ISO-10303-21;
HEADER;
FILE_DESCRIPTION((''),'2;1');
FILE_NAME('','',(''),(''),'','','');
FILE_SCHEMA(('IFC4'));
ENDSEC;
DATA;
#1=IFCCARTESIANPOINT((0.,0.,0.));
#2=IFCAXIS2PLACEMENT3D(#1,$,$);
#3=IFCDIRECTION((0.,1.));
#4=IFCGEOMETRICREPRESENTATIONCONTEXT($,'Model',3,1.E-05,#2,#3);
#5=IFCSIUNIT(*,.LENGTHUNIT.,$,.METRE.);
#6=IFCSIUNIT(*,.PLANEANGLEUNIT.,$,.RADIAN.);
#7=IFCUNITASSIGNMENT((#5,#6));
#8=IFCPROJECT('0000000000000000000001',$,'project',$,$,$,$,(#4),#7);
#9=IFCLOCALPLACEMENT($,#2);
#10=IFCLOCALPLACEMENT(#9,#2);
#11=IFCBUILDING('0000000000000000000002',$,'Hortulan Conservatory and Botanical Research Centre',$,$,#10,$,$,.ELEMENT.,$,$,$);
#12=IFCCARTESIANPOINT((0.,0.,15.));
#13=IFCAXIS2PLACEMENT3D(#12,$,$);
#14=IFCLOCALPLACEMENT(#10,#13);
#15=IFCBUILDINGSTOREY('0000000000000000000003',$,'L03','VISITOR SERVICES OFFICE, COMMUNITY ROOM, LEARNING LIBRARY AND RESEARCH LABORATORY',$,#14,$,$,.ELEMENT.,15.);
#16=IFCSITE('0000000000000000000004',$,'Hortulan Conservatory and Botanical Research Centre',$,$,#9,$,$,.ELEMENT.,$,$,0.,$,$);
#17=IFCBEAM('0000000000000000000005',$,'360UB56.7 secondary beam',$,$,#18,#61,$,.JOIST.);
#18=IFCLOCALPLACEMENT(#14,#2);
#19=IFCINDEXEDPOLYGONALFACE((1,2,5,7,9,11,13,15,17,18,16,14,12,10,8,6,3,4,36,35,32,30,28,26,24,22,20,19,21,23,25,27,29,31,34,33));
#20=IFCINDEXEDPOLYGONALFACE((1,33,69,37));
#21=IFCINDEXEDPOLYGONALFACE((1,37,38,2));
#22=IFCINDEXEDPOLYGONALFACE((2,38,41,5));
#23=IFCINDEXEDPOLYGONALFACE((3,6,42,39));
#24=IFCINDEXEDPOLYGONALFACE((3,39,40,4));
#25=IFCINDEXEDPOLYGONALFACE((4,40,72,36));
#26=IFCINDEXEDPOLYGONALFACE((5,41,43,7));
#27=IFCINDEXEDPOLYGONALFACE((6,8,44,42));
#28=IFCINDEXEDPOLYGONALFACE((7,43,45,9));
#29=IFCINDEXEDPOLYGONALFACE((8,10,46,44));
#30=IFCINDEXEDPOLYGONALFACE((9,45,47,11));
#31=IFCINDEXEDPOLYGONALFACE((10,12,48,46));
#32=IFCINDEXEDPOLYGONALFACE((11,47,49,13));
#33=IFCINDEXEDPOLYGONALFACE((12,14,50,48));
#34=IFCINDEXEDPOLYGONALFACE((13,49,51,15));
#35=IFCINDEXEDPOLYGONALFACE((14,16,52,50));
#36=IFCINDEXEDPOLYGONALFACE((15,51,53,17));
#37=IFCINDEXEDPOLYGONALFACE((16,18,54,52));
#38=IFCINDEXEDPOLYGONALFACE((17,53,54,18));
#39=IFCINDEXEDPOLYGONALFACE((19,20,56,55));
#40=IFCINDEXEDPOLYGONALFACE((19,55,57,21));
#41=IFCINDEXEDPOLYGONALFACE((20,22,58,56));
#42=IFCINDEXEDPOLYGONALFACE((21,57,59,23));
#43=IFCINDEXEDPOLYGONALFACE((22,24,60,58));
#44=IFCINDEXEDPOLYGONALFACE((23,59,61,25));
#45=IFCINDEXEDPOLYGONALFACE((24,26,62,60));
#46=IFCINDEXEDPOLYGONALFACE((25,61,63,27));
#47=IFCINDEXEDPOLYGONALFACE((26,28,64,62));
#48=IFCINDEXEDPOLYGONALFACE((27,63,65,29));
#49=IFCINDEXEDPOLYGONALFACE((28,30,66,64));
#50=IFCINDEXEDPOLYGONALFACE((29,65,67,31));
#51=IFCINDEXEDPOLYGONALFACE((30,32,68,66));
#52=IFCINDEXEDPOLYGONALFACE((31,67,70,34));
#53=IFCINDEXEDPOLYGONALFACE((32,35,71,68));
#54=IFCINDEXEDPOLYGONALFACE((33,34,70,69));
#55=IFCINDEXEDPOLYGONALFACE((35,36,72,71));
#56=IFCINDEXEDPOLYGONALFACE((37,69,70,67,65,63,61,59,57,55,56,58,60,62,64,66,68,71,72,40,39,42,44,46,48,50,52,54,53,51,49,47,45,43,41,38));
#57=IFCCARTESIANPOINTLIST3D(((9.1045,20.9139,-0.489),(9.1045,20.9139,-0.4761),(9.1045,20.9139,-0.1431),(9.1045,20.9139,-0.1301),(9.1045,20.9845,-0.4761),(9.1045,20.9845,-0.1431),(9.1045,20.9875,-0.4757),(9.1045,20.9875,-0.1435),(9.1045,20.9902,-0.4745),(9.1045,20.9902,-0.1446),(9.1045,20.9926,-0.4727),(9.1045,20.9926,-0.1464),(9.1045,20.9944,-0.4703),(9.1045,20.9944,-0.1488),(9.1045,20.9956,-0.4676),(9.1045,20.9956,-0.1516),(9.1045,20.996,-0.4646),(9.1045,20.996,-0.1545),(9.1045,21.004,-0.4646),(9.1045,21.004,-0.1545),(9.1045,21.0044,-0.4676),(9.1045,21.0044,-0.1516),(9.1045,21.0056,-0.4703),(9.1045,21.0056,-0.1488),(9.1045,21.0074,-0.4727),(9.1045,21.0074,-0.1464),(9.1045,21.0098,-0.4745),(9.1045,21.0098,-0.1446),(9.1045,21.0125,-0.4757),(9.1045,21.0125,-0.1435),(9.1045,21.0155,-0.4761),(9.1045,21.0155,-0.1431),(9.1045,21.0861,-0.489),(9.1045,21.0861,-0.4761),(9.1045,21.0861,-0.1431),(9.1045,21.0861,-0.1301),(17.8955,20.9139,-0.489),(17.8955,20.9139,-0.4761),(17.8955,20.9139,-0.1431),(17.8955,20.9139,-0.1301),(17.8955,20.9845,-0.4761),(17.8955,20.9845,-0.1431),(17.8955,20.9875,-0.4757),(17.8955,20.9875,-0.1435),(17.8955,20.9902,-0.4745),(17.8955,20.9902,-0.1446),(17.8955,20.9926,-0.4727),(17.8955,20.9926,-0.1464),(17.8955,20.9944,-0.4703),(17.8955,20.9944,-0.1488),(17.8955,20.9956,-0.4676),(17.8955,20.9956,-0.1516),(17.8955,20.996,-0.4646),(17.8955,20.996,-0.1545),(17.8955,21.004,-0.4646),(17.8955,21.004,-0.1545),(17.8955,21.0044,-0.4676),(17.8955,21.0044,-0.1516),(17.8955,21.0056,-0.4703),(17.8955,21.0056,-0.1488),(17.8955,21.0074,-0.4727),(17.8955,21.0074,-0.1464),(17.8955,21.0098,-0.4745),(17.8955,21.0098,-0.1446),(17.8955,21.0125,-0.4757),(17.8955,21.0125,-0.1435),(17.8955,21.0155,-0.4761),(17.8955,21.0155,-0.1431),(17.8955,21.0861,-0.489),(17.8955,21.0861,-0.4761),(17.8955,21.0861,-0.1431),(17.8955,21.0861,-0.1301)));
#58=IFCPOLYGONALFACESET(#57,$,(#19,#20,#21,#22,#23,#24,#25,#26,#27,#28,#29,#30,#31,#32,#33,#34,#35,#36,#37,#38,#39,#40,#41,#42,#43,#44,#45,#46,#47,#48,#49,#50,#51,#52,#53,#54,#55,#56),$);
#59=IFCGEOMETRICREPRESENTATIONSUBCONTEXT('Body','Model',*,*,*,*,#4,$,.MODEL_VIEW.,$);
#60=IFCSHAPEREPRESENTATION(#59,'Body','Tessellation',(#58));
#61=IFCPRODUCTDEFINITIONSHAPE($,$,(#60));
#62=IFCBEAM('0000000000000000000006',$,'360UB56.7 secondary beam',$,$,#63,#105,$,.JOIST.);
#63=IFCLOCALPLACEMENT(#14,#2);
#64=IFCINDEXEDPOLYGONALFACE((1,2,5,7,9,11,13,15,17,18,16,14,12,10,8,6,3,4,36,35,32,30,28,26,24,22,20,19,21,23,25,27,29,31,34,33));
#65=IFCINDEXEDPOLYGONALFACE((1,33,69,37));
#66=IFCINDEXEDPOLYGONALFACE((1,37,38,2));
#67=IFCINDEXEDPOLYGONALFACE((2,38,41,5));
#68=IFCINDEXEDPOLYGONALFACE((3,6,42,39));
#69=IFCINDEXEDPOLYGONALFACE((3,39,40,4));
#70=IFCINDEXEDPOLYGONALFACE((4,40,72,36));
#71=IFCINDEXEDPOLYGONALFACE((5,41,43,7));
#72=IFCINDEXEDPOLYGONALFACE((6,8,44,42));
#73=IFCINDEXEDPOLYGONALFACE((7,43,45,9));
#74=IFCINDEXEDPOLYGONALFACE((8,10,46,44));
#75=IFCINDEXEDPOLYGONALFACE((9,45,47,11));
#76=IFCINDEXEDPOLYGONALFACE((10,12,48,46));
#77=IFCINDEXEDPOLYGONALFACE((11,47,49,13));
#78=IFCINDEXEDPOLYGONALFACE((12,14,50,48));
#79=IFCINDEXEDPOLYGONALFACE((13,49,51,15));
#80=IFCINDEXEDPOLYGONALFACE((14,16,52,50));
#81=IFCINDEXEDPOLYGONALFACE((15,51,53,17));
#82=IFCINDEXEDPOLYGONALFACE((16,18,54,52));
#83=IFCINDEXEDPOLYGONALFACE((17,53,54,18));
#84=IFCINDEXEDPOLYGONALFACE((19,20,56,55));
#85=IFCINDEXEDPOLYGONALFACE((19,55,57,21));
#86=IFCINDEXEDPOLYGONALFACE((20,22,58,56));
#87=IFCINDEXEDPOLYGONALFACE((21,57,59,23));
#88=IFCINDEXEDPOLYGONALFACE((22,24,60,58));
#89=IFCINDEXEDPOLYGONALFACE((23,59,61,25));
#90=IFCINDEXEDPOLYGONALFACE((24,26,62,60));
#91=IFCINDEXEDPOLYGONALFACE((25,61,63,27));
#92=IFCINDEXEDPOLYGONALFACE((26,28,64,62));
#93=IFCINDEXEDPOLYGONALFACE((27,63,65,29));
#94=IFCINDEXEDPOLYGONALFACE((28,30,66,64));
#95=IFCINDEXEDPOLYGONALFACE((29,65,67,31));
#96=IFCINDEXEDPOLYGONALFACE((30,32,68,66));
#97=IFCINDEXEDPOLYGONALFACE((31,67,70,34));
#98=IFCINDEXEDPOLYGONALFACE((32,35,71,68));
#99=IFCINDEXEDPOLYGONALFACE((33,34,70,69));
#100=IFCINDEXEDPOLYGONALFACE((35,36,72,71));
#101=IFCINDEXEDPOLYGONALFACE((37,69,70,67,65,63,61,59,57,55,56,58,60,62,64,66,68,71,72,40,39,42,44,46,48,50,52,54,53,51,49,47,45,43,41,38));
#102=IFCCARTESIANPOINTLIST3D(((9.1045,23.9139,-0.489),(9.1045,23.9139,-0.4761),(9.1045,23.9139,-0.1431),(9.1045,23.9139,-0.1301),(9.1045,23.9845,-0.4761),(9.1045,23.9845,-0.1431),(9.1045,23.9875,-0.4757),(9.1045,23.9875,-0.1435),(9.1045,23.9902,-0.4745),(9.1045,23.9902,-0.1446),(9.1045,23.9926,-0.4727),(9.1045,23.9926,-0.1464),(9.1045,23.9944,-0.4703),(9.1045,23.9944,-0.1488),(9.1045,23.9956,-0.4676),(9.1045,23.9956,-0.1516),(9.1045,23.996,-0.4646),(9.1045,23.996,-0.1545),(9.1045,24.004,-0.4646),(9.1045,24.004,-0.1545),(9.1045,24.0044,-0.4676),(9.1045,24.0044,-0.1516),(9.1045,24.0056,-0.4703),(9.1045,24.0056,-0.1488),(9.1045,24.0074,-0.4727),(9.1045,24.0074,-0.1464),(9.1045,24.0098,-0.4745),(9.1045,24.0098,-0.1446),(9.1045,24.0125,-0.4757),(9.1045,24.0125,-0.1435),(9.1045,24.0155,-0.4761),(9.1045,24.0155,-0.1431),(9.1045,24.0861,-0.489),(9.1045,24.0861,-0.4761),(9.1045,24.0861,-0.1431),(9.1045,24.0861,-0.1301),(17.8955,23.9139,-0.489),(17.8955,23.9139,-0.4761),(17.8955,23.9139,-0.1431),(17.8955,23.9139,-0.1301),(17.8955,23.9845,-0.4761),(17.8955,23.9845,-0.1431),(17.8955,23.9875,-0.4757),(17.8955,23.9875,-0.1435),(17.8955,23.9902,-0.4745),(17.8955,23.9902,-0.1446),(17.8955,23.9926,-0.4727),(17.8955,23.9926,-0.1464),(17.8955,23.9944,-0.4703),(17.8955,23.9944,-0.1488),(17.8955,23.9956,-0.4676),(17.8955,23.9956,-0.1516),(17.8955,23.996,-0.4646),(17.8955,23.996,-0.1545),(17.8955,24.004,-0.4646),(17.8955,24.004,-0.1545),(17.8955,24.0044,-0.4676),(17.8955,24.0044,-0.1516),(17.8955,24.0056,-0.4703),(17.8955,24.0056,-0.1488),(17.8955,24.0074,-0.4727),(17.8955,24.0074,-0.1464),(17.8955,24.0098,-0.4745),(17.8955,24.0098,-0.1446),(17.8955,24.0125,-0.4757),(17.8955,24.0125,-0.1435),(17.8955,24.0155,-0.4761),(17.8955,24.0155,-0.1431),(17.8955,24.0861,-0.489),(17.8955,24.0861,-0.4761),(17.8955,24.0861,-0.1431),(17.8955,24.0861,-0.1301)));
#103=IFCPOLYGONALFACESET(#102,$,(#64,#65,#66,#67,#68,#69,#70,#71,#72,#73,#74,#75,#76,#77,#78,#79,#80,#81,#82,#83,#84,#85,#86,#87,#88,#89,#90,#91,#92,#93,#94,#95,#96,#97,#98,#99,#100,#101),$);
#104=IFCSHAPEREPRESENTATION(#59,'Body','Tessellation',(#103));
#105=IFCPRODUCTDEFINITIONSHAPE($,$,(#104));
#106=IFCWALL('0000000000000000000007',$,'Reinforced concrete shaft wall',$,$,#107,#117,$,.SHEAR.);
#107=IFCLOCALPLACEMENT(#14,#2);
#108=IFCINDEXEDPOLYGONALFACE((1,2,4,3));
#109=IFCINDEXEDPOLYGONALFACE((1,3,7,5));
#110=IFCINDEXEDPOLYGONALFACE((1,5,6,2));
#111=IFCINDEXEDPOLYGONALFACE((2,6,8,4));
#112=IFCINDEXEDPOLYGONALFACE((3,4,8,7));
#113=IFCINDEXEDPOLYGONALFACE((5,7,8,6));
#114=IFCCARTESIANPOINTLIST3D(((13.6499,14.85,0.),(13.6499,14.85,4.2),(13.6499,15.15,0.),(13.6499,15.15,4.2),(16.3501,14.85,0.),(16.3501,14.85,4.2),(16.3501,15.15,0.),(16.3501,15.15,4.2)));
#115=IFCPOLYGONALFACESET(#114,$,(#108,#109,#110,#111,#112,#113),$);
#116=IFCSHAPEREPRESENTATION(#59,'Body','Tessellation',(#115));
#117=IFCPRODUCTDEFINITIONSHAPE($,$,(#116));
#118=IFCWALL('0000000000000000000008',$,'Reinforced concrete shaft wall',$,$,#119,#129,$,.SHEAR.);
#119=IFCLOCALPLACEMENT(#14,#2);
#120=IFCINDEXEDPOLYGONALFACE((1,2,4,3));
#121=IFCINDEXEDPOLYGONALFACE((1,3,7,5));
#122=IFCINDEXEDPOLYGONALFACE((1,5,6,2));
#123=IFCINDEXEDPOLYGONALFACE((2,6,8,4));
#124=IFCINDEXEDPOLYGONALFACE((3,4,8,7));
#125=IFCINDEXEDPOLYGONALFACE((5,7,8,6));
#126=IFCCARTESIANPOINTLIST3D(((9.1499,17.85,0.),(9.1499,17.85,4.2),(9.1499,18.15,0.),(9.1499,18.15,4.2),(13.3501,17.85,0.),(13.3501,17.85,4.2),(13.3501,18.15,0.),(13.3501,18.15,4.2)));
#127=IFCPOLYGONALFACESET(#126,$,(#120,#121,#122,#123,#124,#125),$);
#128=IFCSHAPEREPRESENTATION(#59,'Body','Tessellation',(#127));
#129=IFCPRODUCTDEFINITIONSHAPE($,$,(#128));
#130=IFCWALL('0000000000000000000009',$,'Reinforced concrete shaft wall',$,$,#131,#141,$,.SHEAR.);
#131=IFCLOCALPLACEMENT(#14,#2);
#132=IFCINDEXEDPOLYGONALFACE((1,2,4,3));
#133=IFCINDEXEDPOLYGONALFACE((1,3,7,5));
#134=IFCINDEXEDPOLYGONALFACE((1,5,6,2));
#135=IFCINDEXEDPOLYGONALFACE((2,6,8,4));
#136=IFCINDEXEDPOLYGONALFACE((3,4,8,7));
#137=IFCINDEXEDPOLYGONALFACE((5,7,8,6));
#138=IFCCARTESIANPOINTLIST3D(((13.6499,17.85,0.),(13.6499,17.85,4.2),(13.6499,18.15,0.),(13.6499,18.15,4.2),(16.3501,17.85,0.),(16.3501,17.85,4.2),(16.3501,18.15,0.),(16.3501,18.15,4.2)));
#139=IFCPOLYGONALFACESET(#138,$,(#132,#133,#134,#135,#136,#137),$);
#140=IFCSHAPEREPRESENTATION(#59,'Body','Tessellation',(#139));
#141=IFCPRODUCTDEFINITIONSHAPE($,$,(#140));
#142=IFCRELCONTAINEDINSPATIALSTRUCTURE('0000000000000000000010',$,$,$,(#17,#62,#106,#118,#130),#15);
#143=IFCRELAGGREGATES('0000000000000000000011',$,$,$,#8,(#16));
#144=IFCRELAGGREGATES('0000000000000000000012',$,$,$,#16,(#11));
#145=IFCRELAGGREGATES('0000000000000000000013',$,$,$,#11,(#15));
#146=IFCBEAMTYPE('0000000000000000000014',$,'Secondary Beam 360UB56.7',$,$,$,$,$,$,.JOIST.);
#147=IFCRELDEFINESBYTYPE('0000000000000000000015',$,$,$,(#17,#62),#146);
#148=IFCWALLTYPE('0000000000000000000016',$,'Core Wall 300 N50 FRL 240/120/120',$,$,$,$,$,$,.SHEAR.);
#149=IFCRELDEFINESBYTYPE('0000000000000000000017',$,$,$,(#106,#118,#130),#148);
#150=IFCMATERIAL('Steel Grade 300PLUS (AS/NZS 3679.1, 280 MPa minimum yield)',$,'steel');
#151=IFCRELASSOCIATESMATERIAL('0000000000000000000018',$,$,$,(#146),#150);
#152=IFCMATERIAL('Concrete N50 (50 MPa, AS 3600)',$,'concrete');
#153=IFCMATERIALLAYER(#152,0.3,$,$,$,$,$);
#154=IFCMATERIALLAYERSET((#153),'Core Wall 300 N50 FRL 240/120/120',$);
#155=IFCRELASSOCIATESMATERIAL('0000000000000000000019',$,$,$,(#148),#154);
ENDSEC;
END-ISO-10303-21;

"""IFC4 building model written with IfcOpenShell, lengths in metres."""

from ifc_helpers import new_model, si_unit, direction, frame, frame_2d, origin, origin_2d, place, context, subcontext, project, spatial, rectangle, i_section, extrude, material, layer, layer_set, material_profile, profile_set, type_object, element, save


model = new_model("IFC4")

# Units and contexts
model_context = context("Model", 3, precision=1e-05, world=origin(), true_north=direction((0.0, 1.0)))
body_context = subcontext(model_context, "Body", "Model", "MODEL_VIEW")
ifc_project = project(units=[si_unit("LENGTHUNIT", "METRE"), si_unit("PLANEANGLEUNIT", "RADIAN")], contexts=[model_context])

# Site, building, storey
site_placement = place(None, origin())
site = spatial("IfcSite", under=ifc_project, at=site_placement, Name="Hortulan Conservatory and Botanical Research Centre", CompositionType="ELEMENT", RefElevation=0.0)
building_placement = place(site_placement, origin())
building = spatial("IfcBuilding", under=site, at=building_placement, Name="Hortulan Conservatory and Botanical Research Centre", CompositionType="ELEMENT")
storey_placement = place(building_placement, frame((0.0, 0.0, 15.0)))
storey = spatial("IfcBuildingStorey", under=building, at=storey_placement, Name="L03", Description="VISITOR SERVICES OFFICE, COMMUNITY ROOM, LEARNING LIBRARY AND RESEARCH LABORATORY", CompositionType="ELEMENT", Elevation=15.0)

# Beams
ifc_material_1 = material(Name="Steel Grade 300PLUS (AS/NZS 3679.1, 280 MPa minimum yield)", Category="steel")
ifc_material_profile_1 = material_profile(ifc_material_1, i_section(OverallWidth=0.1721, OverallDepth=0.3589, WebThickness=0.0081, FlangeThickness=0.0129, FilletRadius=0.0115, at=origin_2d()), Name="360UB56.7")
ifc_profile_set_1 = profile_set([ifc_material_profile_1], Name="Steel Grade 300PLUS (AS/NZS 3679.1, 280 MPa minimum yield)")
beam_type_1 = type_object("IfcBeamType", Name="Secondary Beam 360UB56.7", PredefinedType="JOIST", material=ifc_profile_set_1)
for number, where, z_axis, x_axis, name in (
    (1, (9.1045, 21.0, -0.3096), (1.0, 0.0, 0.0), (0.0, 1.0, 0.0), "360UB56.7 secondary beam"),
    (2, (9.1045, 24.0, -0.3096), (1.0, 0.0, 0.0), (0.0, 1.0, 0.0), "360UB56.7 secondary beam"),
):
    element("IfcBeam", number, at=place(storey_placement, frame(where, z_axis=z_axis, x_axis=x_axis)), inside=storey, type_object=beam_type_1, Name=name, PredefinedType="JOIST", context=body_context, shape_type="SweptSolid", body=[
        extrude(i_section(OverallWidth=0.1721, OverallDepth=0.3589, WebThickness=0.0081, FlangeThickness=0.0129, FilletRadius=0.0115, at=origin_2d()), origin(), (0.0, 0.0, 1.0), 8.791),
    ])

# Walls
ifc_material_2 = material(Name="Concrete N50 (50 MPa, AS 3600)", Category="concrete")
ifc_layer_1 = layer(ifc_material_2, 0.3)
ifc_layer_set_1 = layer_set([ifc_layer_1], Name="Core Wall 300 N50 FRL 240/120/120")
wall_type_1 = type_object("IfcWallType", Name="Core Wall 300 N50 FRL 240/120/120", PredefinedType="SHEAR", material=ifc_layer_set_1)
wall_1_placement = place(storey_placement, frame((13.6499, 15.0, 0.0), z_axis=(0.0, 0.0, 1.0), x_axis=(1.0, 0.0, 0.0)))
element("IfcWall", 3, at=wall_1_placement, inside=storey, type_object=wall_type_1, Name="Reinforced concrete shaft wall", PredefinedType="SHEAR", context=body_context, shape_type="SweptSolid", body=[
    extrude(rectangle(XDim=2.7002, YDim=0.3, at=frame_2d((1.3501, 0.0))), origin(), (0.0, 0.0, 1.0), 4.2),
])
wall_2_placement = place(storey_placement, frame((9.1499, 18.0, 0.0), z_axis=(0.0, 0.0, 1.0), x_axis=(1.0, 0.0, 0.0)))
element("IfcWall", 4, at=wall_2_placement, inside=storey, type_object=wall_type_1, Name="Reinforced concrete shaft wall", PredefinedType="SHEAR", context=body_context, shape_type="SweptSolid", body=[
    extrude(rectangle(XDim=4.2002, YDim=0.3, at=frame_2d((2.1001, 0.0))), origin(), (0.0, 0.0, 1.0), 4.2),
])
wall_3_placement = place(storey_placement, frame((13.6499, 18.0, 0.0), z_axis=(0.0, 0.0, 1.0), x_axis=(1.0, 0.0, 0.0)))
element("IfcWall", 5, at=wall_3_placement, inside=storey, type_object=wall_type_1, Name="Reinforced concrete shaft wall", PredefinedType="SHEAR", context=body_context, shape_type="SweptSolid", body=[
    extrude(rectangle(XDim=2.7002, YDim=0.3, at=frame_2d((1.3501, 0.0))), origin(), (0.0, 0.0, 1.0), 4.2),
])

save(model, "model.ifc")
